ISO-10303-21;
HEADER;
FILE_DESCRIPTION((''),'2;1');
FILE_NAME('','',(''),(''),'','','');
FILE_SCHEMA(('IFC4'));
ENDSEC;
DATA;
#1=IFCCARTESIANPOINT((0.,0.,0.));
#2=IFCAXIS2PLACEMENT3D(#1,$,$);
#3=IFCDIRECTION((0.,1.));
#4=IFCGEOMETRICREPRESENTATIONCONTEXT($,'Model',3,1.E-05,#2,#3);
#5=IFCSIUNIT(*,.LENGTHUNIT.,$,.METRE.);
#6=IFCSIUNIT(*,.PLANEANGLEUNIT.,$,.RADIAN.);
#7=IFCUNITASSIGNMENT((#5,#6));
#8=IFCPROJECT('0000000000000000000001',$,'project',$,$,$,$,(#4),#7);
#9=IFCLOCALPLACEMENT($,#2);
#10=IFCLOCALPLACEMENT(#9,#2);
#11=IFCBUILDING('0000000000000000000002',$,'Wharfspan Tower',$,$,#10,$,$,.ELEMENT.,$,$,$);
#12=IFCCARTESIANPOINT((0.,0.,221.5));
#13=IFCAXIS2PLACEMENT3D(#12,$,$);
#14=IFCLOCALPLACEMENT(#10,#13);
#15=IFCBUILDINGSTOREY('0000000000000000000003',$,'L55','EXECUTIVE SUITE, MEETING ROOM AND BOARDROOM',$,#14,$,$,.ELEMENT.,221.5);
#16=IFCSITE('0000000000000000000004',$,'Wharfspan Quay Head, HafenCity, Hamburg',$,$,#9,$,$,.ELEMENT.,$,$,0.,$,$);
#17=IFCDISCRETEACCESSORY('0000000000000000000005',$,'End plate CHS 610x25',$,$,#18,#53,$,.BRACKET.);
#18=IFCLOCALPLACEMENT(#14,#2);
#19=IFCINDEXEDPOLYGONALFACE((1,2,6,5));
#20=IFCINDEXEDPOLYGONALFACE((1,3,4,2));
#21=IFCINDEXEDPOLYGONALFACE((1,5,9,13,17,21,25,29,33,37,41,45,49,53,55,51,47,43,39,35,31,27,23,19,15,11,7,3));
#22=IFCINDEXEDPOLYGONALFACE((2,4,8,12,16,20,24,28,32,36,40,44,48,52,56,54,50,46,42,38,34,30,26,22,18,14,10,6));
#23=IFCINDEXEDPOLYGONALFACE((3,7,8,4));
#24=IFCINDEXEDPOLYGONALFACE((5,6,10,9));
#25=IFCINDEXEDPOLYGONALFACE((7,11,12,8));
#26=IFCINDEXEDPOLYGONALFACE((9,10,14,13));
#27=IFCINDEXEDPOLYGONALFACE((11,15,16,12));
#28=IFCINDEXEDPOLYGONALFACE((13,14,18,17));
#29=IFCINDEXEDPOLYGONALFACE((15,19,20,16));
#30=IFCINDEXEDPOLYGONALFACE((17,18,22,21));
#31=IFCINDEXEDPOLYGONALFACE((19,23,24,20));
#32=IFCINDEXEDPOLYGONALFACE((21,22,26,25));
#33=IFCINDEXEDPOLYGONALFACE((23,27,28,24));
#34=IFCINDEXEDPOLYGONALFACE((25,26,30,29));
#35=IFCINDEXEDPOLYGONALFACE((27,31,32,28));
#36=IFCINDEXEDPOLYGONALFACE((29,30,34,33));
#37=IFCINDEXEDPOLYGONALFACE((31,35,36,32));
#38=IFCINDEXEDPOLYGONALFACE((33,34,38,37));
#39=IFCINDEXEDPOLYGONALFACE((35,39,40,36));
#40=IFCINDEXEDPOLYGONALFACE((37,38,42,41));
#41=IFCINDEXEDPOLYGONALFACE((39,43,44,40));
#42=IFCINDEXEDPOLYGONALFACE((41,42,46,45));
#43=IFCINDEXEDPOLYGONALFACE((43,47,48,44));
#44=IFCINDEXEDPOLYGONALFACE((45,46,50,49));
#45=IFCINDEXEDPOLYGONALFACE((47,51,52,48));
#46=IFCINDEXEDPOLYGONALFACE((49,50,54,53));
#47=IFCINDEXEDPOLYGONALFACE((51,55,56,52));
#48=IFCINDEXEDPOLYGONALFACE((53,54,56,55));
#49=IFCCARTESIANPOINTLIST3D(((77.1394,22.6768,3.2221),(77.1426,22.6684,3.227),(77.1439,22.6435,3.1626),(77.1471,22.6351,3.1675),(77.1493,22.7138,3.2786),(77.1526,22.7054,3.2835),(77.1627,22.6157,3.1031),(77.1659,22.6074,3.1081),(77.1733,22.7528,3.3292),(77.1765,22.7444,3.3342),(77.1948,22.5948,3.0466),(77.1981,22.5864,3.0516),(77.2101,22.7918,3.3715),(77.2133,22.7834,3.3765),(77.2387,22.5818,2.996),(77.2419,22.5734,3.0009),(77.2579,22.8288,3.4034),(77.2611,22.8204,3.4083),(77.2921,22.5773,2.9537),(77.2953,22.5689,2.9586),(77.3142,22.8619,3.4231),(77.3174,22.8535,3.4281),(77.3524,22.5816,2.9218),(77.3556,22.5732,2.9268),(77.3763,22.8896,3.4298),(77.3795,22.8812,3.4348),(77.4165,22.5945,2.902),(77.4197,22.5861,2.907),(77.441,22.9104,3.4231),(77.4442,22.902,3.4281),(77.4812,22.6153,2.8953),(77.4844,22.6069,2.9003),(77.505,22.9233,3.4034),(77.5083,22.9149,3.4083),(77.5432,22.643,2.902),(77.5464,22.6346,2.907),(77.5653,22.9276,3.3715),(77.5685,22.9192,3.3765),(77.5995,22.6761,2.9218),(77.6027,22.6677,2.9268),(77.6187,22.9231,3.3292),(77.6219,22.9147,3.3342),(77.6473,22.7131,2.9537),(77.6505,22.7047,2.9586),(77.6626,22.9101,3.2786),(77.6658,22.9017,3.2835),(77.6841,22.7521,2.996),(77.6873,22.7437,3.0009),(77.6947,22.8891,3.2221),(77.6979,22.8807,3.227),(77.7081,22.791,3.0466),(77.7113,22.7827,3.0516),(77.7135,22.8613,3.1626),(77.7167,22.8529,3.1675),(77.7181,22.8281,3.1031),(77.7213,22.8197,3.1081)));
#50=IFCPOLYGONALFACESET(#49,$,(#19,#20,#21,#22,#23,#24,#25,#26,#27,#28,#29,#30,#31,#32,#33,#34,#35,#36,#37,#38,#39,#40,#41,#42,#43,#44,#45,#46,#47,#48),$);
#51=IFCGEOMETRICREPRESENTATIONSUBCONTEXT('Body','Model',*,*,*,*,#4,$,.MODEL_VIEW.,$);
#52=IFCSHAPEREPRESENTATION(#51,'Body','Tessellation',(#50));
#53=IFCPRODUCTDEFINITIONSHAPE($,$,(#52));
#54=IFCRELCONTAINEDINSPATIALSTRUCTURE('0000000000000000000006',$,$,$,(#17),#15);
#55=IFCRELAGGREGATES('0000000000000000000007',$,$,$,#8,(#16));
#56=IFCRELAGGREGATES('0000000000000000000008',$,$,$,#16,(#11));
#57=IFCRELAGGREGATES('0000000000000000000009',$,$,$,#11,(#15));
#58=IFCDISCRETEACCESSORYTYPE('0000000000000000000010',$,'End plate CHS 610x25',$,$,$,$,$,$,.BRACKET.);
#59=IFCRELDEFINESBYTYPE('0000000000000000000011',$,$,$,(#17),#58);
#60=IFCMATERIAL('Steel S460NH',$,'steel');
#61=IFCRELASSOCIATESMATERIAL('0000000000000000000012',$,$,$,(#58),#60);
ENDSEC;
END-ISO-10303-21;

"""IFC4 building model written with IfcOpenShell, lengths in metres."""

from ifc_helpers import new_model, si_unit, direction, frame, origin, origin_2d, place, context, subcontext, project, spatial, circle, extrude, material, material_profile, profile_set, type_object, element, save


model = new_model("IFC4")

# Units and contexts
model_context = context("Model", 3, precision=1e-05, world=origin(), true_north=direction((0.0, 1.0)))
body_context = subcontext(model_context, "Body", "Model", "MODEL_VIEW")
ifc_project = project(units=[si_unit("LENGTHUNIT", "METRE"), si_unit("PLANEANGLEUNIT", "RADIAN")], contexts=[model_context])

# Site, building, storey
site_placement = place(None, origin())
site = spatial("IfcSite", under=ifc_project, at=site_placement, Name="Wharfspan Quay Head, HafenCity, Hamburg", CompositionType="ELEMENT", RefElevation=0.0)
building_placement = place(site_placement, origin())
building = spatial("IfcBuilding", under=site, at=building_placement, Name="Wharfspan Tower", CompositionType="ELEMENT")
storey_placement = place(building_placement, frame((0.0, 0.0, 221.5)))
storey = spatial("IfcBuildingStorey", under=building, at=storey_placement, Name="L55", Description="EXECUTIVE SUITE, MEETING ROOM AND BOARDROOM", CompositionType="ELEMENT", Elevation=221.5)

# Shared definitions
ifc_material_1 = material(Name="Steel S460NH", Category="steel")

# Discrete accessory
ifc_material_profile_1 = material_profile(ifc_material_1, circle(Radius=0.3049, at=origin_2d()))
ifc_profile_set_1 = profile_set([ifc_material_profile_1], Name="Steel S460NH")
discrete_accessory_type = type_object("IfcDiscreteAccessoryType", Name="End plate CHS 610x25", PredefinedType="BRACKET", material=ifc_profile_set_1)
discrete_accessory_1_placement = place(storey_placement, frame((77.4287, 22.7524, 3.1626), z_axis=(0.313003, -0.818624, 0.481543), x_axis=(0.934053, 0.357137, -0.000001)))
element("IfcDiscreteAccessory", 1, at=discrete_accessory_1_placement, inside=storey, type_object=discrete_accessory_type, Name="End plate CHS 610x25", PredefinedType="BRACKET", context=body_context, shape_type="SweptSolid", body=[
    extrude(circle(Radius=0.3049, at=origin_2d()), origin(), (0.0, 0.0, 1.0), 0.0103),
])

save(model, "model.ifc")
